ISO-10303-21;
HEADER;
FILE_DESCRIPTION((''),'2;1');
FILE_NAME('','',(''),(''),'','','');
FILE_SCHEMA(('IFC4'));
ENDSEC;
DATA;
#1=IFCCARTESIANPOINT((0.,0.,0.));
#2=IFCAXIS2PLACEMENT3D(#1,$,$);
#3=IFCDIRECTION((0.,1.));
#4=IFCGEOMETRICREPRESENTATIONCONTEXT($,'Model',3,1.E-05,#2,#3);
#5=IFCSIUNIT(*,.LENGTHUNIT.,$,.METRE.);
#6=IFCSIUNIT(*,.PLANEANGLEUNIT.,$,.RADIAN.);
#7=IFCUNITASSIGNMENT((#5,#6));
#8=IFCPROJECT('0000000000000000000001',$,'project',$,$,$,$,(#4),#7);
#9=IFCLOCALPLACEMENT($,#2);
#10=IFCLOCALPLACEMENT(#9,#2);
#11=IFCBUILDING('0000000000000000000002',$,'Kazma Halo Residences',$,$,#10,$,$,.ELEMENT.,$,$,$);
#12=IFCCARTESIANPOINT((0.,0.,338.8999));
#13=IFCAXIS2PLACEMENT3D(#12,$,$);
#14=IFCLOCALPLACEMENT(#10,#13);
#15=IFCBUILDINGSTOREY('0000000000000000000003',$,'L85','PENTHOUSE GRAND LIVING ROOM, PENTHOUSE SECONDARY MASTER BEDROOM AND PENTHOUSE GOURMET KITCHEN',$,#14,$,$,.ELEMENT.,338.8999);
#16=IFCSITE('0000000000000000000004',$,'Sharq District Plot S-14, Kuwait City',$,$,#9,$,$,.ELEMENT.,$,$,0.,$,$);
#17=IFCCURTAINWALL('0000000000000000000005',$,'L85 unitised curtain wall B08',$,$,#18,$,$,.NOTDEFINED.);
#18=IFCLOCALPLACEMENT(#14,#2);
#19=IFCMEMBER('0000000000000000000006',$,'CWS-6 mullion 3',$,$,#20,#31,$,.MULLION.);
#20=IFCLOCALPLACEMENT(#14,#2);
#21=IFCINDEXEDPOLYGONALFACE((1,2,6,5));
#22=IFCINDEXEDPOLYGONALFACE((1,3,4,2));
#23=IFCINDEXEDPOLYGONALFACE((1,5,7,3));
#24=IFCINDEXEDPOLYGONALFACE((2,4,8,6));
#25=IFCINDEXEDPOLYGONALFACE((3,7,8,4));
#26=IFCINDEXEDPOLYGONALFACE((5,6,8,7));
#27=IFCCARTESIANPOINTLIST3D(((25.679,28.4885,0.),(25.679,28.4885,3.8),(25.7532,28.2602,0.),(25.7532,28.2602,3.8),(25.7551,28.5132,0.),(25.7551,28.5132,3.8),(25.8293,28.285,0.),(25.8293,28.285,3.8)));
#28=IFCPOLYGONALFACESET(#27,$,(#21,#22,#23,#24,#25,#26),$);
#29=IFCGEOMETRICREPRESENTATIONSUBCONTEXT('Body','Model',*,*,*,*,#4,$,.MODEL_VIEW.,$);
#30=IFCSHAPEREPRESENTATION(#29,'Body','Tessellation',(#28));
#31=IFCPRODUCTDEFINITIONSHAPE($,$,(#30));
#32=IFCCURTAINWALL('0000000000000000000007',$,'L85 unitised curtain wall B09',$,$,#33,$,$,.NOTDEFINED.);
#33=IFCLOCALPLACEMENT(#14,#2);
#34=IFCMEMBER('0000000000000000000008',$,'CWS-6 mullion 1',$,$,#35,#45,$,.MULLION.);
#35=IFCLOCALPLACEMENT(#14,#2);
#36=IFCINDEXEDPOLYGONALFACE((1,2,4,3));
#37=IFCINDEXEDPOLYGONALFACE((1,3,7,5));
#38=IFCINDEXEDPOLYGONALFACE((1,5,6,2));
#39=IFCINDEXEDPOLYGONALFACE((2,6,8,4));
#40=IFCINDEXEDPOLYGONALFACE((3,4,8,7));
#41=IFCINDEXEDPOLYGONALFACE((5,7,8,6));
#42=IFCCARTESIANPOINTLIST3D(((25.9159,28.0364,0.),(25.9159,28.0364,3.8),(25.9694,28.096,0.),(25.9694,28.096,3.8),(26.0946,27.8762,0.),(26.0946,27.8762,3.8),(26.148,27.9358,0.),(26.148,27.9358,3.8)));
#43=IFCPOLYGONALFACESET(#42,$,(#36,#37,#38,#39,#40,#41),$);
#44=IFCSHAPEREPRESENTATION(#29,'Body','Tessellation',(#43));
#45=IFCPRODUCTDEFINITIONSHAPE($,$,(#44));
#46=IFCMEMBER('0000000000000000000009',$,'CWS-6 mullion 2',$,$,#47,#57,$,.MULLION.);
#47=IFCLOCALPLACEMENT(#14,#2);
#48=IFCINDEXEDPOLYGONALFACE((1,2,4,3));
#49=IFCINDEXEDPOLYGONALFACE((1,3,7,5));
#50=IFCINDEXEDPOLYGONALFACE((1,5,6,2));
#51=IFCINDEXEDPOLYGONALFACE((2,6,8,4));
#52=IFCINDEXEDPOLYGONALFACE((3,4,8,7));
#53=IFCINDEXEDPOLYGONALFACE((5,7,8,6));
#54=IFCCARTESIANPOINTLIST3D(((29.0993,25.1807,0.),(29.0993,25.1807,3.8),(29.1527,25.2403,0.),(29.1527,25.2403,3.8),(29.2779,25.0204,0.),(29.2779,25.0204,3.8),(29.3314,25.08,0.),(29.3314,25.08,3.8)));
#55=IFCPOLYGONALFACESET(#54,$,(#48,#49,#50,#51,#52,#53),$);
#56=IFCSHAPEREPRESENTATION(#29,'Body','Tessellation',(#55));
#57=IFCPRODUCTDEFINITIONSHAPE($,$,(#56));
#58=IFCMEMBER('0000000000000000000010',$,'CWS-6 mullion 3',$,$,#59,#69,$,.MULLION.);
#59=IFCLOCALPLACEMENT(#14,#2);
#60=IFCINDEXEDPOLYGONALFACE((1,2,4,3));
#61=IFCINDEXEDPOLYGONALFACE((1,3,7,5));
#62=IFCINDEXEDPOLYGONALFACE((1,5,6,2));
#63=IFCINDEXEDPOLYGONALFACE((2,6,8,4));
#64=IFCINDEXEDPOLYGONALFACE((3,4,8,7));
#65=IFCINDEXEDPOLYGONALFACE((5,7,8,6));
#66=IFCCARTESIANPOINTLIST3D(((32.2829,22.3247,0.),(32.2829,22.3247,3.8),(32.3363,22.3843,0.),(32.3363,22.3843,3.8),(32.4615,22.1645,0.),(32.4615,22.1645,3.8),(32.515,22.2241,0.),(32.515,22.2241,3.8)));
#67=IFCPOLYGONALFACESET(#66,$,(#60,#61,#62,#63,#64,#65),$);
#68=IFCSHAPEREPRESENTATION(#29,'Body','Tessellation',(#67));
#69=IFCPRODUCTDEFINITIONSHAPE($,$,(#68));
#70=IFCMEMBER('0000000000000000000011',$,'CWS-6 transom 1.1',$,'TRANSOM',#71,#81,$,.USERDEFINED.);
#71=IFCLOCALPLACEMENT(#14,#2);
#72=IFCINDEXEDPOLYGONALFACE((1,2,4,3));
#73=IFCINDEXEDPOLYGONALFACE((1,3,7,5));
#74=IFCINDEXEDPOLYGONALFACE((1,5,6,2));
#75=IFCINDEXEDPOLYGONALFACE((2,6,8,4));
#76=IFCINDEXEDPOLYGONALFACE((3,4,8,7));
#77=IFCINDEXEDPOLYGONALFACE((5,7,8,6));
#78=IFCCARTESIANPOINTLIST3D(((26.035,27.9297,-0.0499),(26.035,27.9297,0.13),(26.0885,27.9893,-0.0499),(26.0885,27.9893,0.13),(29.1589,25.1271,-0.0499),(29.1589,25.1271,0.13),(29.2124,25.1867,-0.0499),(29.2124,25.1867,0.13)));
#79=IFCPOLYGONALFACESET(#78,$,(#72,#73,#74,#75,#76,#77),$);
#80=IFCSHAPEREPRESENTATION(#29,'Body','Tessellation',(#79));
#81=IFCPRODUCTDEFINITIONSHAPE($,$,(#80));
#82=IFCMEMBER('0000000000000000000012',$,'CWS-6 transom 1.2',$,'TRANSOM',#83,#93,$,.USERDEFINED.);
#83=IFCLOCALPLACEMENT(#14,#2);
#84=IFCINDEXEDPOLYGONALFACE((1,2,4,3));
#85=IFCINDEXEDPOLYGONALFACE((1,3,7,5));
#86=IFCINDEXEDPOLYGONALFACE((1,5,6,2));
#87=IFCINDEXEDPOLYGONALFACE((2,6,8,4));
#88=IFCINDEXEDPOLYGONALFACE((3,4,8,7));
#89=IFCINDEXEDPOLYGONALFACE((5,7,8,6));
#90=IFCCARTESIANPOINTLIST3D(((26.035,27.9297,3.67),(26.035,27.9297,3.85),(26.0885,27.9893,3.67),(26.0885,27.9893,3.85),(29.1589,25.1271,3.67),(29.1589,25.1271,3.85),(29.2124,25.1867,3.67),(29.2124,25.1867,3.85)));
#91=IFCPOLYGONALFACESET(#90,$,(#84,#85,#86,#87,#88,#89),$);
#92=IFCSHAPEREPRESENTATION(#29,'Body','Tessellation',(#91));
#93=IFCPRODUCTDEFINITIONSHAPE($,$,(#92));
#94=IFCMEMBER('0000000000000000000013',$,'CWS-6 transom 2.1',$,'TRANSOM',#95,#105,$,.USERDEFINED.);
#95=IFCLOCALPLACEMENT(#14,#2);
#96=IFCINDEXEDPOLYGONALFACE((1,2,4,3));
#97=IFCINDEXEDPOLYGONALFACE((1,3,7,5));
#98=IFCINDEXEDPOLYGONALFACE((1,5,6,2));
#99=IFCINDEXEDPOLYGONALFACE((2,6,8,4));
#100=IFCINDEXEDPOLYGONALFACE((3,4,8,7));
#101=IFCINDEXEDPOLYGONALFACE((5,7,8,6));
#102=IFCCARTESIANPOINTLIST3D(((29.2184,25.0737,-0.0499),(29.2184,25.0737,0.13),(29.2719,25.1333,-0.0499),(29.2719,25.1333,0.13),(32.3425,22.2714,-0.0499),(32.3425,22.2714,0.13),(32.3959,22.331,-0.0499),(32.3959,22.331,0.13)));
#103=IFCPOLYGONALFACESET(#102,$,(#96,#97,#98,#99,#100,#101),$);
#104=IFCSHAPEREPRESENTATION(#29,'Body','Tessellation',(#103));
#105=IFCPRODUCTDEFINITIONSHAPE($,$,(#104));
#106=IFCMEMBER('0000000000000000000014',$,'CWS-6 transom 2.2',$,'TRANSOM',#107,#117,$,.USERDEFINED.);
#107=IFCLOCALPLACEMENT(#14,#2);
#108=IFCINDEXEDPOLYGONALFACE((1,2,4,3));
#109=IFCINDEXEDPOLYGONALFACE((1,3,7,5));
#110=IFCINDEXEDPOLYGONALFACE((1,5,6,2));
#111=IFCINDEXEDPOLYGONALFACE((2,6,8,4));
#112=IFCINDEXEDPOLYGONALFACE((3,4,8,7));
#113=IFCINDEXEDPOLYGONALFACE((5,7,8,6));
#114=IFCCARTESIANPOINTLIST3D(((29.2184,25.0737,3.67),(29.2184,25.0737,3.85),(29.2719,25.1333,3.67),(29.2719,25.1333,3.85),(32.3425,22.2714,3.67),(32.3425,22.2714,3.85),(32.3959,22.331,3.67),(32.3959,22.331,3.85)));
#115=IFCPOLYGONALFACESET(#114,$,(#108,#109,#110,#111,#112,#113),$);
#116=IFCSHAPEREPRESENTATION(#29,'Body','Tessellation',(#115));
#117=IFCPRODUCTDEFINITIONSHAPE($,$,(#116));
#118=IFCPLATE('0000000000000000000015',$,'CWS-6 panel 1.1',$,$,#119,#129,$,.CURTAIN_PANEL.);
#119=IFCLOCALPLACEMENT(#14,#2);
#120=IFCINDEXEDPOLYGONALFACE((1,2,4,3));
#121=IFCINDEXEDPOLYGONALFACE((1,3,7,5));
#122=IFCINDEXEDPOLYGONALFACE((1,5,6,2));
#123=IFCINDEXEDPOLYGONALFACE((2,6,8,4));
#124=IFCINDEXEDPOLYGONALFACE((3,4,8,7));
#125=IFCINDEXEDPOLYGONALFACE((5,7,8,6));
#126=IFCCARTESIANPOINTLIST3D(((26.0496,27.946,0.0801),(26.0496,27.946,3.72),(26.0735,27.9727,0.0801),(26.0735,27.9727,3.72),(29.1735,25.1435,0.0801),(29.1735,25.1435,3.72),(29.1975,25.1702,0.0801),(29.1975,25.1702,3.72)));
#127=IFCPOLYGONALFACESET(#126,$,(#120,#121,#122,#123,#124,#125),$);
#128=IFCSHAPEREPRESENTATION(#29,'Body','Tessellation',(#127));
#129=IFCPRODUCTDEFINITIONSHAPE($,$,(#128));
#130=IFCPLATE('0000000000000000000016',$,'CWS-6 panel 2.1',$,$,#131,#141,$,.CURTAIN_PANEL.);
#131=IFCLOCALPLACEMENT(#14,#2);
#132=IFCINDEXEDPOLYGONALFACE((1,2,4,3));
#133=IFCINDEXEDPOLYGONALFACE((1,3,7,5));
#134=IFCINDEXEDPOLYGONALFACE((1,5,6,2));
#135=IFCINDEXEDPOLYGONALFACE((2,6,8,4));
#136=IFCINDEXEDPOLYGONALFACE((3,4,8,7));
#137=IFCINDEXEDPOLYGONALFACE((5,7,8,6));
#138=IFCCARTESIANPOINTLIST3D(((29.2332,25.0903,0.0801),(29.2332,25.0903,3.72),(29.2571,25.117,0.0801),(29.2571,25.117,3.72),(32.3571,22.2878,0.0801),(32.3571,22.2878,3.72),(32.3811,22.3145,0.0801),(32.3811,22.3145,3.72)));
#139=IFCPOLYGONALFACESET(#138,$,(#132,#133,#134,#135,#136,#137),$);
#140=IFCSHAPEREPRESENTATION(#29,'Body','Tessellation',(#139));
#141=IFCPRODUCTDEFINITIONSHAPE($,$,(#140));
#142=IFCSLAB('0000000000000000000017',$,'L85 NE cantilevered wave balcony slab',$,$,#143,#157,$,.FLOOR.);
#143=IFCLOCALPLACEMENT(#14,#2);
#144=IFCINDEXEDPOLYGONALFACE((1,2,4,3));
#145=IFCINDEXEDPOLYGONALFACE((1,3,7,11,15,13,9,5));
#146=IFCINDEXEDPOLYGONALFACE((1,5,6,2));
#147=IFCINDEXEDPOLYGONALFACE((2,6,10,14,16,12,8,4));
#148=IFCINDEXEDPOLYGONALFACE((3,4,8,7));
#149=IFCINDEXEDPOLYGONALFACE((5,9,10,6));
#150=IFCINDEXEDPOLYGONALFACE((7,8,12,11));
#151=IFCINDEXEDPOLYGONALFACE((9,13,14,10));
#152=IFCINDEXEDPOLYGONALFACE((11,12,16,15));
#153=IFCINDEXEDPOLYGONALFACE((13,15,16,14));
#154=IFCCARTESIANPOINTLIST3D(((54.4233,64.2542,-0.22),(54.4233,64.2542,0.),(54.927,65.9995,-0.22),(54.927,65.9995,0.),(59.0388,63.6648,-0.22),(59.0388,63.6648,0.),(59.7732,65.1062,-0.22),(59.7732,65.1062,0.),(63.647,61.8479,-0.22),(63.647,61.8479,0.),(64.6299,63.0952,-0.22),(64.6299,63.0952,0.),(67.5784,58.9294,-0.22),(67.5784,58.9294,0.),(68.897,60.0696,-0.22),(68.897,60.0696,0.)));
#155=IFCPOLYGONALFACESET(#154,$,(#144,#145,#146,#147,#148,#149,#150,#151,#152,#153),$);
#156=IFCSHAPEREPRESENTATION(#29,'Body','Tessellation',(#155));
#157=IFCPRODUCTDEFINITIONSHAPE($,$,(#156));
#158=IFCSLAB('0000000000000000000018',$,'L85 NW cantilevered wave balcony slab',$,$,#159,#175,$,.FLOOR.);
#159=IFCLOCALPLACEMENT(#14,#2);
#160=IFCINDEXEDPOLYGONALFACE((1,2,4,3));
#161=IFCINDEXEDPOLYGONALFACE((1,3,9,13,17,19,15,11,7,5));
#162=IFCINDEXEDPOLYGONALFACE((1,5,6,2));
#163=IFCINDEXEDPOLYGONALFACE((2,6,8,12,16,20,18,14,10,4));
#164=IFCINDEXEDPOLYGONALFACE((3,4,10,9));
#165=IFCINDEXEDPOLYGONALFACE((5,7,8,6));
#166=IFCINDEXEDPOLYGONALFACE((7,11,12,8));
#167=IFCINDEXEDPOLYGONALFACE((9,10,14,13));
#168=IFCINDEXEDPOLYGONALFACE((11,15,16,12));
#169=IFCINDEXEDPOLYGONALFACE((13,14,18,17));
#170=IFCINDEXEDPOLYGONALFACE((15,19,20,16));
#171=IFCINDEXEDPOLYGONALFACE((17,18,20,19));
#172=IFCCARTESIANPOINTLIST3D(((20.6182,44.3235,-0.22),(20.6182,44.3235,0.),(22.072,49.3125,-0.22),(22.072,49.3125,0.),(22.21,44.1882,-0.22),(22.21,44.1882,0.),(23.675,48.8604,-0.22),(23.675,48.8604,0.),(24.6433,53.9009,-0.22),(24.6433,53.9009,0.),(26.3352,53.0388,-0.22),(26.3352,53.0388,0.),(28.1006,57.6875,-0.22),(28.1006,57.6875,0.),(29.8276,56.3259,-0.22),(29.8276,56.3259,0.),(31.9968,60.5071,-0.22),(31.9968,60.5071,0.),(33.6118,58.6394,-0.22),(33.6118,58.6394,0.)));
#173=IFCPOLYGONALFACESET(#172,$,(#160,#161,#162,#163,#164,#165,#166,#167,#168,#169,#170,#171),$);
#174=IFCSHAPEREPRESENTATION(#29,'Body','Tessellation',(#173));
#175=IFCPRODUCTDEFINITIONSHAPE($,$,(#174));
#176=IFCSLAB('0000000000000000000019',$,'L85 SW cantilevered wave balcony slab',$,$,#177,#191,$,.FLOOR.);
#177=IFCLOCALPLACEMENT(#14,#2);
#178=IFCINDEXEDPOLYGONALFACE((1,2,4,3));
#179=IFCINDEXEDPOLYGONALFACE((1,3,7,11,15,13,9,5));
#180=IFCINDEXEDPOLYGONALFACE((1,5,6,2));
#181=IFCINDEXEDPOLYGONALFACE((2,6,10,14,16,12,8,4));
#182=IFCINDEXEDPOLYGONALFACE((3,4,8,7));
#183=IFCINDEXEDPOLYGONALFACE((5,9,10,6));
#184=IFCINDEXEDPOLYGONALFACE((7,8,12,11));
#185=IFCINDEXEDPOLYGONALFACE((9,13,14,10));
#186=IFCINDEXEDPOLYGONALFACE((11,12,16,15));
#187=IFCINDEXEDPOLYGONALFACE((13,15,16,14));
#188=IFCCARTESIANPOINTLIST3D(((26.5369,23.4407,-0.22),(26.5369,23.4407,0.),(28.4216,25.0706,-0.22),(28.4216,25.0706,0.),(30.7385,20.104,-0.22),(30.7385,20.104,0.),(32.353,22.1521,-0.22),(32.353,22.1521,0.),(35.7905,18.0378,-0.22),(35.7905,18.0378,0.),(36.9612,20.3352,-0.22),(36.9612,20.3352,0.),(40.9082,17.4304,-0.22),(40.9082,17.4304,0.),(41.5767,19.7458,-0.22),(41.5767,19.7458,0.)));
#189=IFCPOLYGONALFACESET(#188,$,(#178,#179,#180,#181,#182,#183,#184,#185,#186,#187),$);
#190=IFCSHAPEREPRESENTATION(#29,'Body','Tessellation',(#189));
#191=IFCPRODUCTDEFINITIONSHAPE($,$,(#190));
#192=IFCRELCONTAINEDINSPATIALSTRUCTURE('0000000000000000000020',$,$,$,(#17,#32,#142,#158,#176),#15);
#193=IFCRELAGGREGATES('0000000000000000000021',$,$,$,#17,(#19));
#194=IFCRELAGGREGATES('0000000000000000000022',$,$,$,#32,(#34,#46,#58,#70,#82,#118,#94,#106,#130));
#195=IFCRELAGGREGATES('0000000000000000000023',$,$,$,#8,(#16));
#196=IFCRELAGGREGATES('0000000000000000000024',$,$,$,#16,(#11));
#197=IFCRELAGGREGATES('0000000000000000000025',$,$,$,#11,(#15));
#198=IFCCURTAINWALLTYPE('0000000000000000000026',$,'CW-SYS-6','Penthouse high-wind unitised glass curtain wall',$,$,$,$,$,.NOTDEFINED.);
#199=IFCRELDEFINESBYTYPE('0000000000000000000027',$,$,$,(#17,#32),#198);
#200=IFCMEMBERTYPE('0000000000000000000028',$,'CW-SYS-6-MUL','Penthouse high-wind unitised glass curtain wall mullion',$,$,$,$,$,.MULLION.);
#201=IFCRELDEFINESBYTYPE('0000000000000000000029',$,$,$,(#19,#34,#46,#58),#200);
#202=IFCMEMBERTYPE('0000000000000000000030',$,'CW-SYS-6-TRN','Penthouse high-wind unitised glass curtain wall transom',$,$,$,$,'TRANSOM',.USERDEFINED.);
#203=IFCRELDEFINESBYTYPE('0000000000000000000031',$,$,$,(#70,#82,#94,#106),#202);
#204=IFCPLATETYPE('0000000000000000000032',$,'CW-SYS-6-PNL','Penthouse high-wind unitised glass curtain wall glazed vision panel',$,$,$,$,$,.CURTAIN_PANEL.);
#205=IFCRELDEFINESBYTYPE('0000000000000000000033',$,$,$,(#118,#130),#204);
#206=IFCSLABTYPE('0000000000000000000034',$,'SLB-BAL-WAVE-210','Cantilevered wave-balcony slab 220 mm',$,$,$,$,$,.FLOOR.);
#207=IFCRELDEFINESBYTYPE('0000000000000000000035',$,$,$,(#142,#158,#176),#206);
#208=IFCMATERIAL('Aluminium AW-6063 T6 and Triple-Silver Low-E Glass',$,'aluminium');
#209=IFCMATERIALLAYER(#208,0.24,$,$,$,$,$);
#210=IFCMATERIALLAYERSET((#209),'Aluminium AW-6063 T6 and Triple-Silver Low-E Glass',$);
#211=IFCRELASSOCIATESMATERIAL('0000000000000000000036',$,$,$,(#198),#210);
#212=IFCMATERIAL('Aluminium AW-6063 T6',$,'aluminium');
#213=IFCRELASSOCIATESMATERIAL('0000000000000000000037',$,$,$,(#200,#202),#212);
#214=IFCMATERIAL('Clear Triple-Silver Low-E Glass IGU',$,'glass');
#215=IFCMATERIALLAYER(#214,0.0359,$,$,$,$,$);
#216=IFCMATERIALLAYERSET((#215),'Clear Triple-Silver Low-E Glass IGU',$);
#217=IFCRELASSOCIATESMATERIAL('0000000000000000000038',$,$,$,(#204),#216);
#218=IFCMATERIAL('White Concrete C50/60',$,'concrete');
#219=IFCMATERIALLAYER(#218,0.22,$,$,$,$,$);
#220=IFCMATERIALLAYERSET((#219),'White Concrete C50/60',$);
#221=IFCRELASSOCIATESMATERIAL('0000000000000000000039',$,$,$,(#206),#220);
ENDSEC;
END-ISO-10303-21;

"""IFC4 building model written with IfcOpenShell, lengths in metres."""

from ifc_helpers import new_model, si_unit, direction, frame, origin, origin_2d, place, context, subcontext, project, spatial, polyline, rectangle, outline, extrude, material, layer, layer_set, material_profile, profile_set, type_object, element, aggregate, save


model = new_model("IFC4")

# Units and contexts
model_context = context("Model", 3, precision=1e-05, world=origin(), true_north=direction((0.0, 1.0)))
body_context = subcontext(model_context, "Body", "Model", "MODEL_VIEW")
ifc_project = project(units=[si_unit("LENGTHUNIT", "METRE"), si_unit("PLANEANGLEUNIT", "RADIAN")], contexts=[model_context])

# Site, building, storey
site_placement = place(None, origin())
site = spatial("IfcSite", under=ifc_project, at=site_placement, Name="Sharq District Plot S-14, Kuwait City", CompositionType="ELEMENT", RefElevation=0.0)
building_placement = place(site_placement, origin())
building = spatial("IfcBuilding", under=site, at=building_placement, Name="Kazma Halo Residences", CompositionType="ELEMENT")
storey_placement = place(building_placement, frame((0.0, 0.0, 338.8999)))
storey = spatial("IfcBuildingStorey", under=building, at=storey_placement, Name="L85", Description="PENTHOUSE GRAND LIVING ROOM, PENTHOUSE SECONDARY MASTER BEDROOM AND PENTHOUSE GOURMET KITCHEN", CompositionType="ELEMENT", Elevation=338.8999)

# Curtain wall, member
ifc_material_1 = material(Name="Aluminium AW-6063 T6 and Triple-Silver Low-E Glass", Category="aluminium")
ifc_layer_1 = layer(ifc_material_1, 0.24)
ifc_layer_set_1 = layer_set([ifc_layer_1], Name="Aluminium AW-6063 T6 and Triple-Silver Low-E Glass")
curtain_wall_type = type_object("IfcCurtainWallType", Name="CW-SYS-6", Description="Penthouse high-wind unitised glass curtain wall", PredefinedType="NOTDEFINED", material=ifc_layer_set_1)
curtain_wall_1_placement = place(storey_placement, origin())
curtain_wall_1 = element("IfcCurtainWall", 1, at=curtain_wall_1_placement, inside=storey, type_object=curtain_wall_type, Name="L85 unitised curtain wall B08", PredefinedType="NOTDEFINED")
ifc_material_2 = material(Name="Aluminium AW-6063 T6", Category="aluminium")
ifc_material_profile_1 = material_profile(ifc_material_2, rectangle(XDim=0.0801, YDim=0.24, at=origin_2d()), Name="CWM-80x240")
ifc_profile_set_1 = profile_set([ifc_material_profile_1], Name="Aluminium AW-6063 T6")
member_type_1 = type_object("IfcMemberType", Name="CW-SYS-6-MUL", Description="Penthouse high-wind unitised glass curtain wall mullion", PredefinedType="MULLION", material=ifc_profile_set_1)
member_1_placement = place(storey_placement, frame((25.7542, 28.3867, 0.0), z_axis=(0.0, 0.0, 1.0), x_axis=(0.951056, 0.309019, 0.0)))
member_1 = element("IfcMember", 2, at=member_1_placement, type_object=member_type_1, Name="CWS-6 mullion 3", PredefinedType="MULLION", context=body_context, shape_type="SweptSolid", body=[
    extrude(rectangle(XDim=0.0801, YDim=0.24, at=origin_2d()), origin(), (0.0, 0.0, 1.0), 3.8),
])
aggregate(curtain_wall_1, [member_1])

# Curtain wall, members, plates
curtain_wall_2_placement = place(storey_placement, origin())
curtain_wall_2 = element("IfcCurtainWall", 3, at=curtain_wall_2_placement, inside=storey, type_object=curtain_wall_type, Name="L85 unitised curtain wall B09", PredefinedType="NOTDEFINED")
member_2_placement = place(storey_placement, frame((26.032, 27.9861, 0.0), z_axis=(0.0, 0.0, 1.0), x_axis=(0.667758, 0.744379, 0.0)))
member_2 = element("IfcMember", 4, at=member_2_placement, type_object=member_type_1, Name="CWS-6 mullion 1", PredefinedType="MULLION", context=body_context, shape_type="SweptSolid", body=[
    extrude(rectangle(XDim=0.0801, YDim=0.24, at=origin_2d()), origin(), (0.0, 0.0, 1.0), 3.8),
])
member_3_placement = place(storey_placement, frame((29.2153, 25.1304, 0.0), z_axis=(0.0, 0.0, 1.0), x_axis=(0.667758, 0.744379, 0.0)))
member_3 = element("IfcMember", 5, at=member_3_placement, type_object=member_type_1, Name="CWS-6 mullion 2", PredefinedType="MULLION", context=body_context, shape_type="SweptSolid", body=[
    extrude(rectangle(XDim=0.0801, YDim=0.24, at=origin_2d()), origin(), (0.0, 0.0, 1.0), 3.8),
])
member_4_placement = place(storey_placement, frame((32.3989, 22.2744, 0.0), z_axis=(0.0, 0.0, 1.0), x_axis=(0.667758, 0.744379, 0.0)))
member_4 = element("IfcMember", 6, at=member_4_placement, type_object=member_type_1, Name="CWS-6 mullion 3", PredefinedType="MULLION", context=body_context, shape_type="SweptSolid", body=[
    extrude(rectangle(XDim=0.0801, YDim=0.24, at=origin_2d()), origin(), (0.0, 0.0, 1.0), 3.8),
])
ifc_material_profile_2 = material_profile(ifc_material_2, rectangle(XDim=0.0801, YDim=0.1799, at=origin_2d()), Name="CWT-80x180")
ifc_profile_set_2 = profile_set([ifc_material_profile_2], Name="Aluminium AW-6063 T6")
member_type_2 = type_object("IfcMemberType", Name="CW-SYS-6-TRN", Description="Penthouse high-wind unitised glass curtain wall transom", ElementType="TRANSOM", PredefinedType="USERDEFINED", material=ifc_profile_set_2)
member_5_placement = place(storey_placement, frame((26.0618, 27.9595, 0.04), z_axis=(0.744349, -0.667791, 0.0), x_axis=(0.667791, 0.744349, 0.0)))
member_5 = element("IfcMember", 7, at=member_5_placement, type_object=member_type_2, Name="CWS-6 transom 1.1", ObjectType="TRANSOM", PredefinedType="USERDEFINED", context=body_context, shape_type="SweptSolid", body=[
    extrude(rectangle(XDim=0.0801, YDim=0.1799, at=origin_2d()), origin(), (0.0, 0.0, 1.0), 4.1968),
])
member_6_placement = place(storey_placement, frame((26.0618, 27.9595, 3.76), z_axis=(0.744349, -0.667791, 0.0), x_axis=(0.667791, 0.744349, 0.0)))
member_6 = element("IfcMember", 8, at=member_6_placement, type_object=member_type_2, Name="CWS-6 transom 1.2", ObjectType="TRANSOM", PredefinedType="USERDEFINED", context=body_context, shape_type="SweptSolid", body=[
    extrude(rectangle(XDim=0.0801, YDim=0.1799, at=origin_2d()), origin(), (0.0, 0.0, 1.0), 4.1968),
])
member_7_placement = place(storey_placement, frame((29.2451, 25.1035, 0.04), z_axis=(0.744404, -0.66773, 0.0), x_axis=(0.66773, 0.744404, 0.0)))
member_7 = element("IfcMember", 9, at=member_7_placement, type_object=member_type_2, Name="CWS-6 transom 2.1", ObjectType="TRANSOM", PredefinedType="USERDEFINED", context=body_context, shape_type="SweptSolid", body=[
    extrude(rectangle(XDim=0.0801, YDim=0.1799, at=origin_2d()), origin(), (0.0, 0.0, 1.0), 4.1968),
])
member_8_placement = place(storey_placement, frame((29.2451, 25.1035, 3.76), z_axis=(0.744404, -0.66773, 0.0), x_axis=(0.66773, 0.744404, 0.0)))
member_8 = element("IfcMember", 10, at=member_8_placement, type_object=member_type_2, Name="CWS-6 transom 2.2", ObjectType="TRANSOM", PredefinedType="USERDEFINED", context=body_context, shape_type="SweptSolid", body=[
    extrude(rectangle(XDim=0.0801, YDim=0.1799, at=origin_2d()), origin(), (0.0, 0.0, 1.0), 4.1968),
])
ifc_material_3 = material(Name="Clear Triple-Silver Low-E Glass IGU", Category="glass")
ifc_layer_2 = layer(ifc_material_3, 0.0359)
ifc_layer_set_2 = layer_set([ifc_layer_2], Name="Clear Triple-Silver Low-E Glass IGU")
plate_type = type_object("IfcPlateType", Name="CW-SYS-6-PNL", Description="Penthouse high-wind unitised glass curtain wall glazed vision panel", PredefinedType="CURTAIN_PANEL", material=ifc_layer_set_2)
plate_1_placement = place(storey_placement, frame((27.6235, 26.5581, 0.0801), z_axis=(0.0, 0.0, 1.0), x_axis=(0.744379, -0.667758, 0.0)))
plate_1 = element("IfcPlate", 11, at=plate_1_placement, type_object=plate_type, Name="CWS-6 panel 1.1", PredefinedType="CURTAIN_PANEL", context=body_context, shape_type="SweptSolid", body=[
    extrude(rectangle(XDim=4.1968, YDim=0.0359, at=origin_2d()), origin(), (0.0, 0.0, 1.0), 3.6399),
])
plate_2_placement = place(storey_placement, frame((30.8071, 23.7024, 0.0801), z_axis=(0.0, 0.0, 1.0), x_axis=(0.744379, -0.667758, 0.0)))
plate_2 = element("IfcPlate", 12, at=plate_2_placement, type_object=plate_type, Name="CWS-6 panel 2.1", PredefinedType="CURTAIN_PANEL", context=body_context, shape_type="SweptSolid", body=[
    extrude(rectangle(XDim=4.1968, YDim=0.0359, at=origin_2d()), origin(), (0.0, 0.0, 1.0), 3.6399),
])
aggregate(curtain_wall_2, [member_2, member_3, member_4, member_5, member_6, plate_1, member_7, member_8, plate_2])

# Slabs
ifc_material_4 = material(Name="White Concrete C50/60", Category="concrete")
ifc_layer_3 = layer(ifc_material_4, 0.22)
ifc_layer_set_3 = layer_set([ifc_layer_3], Name="White Concrete C50/60")
slab_type_1 = type_object("IfcSlabType", Name="SLB-BAL-WAVE-210", Description="Cantilevered wave-balcony slab 220 mm", PredefinedType="FLOOR", material=ifc_layer_set_3)
slab_1_placement = place(storey_placement, frame((0.0, 0.0, -0.22)))
element("IfcSlab", 13, at=slab_1_placement, inside=storey, type_object=slab_type_1, Name="L85 NE cantilevered wave balcony slab", PredefinedType="FLOOR", context=body_context, shape_type="SweptSolid", body=[
    extrude(outline(polyline([(67.5784, 58.9294), (63.647, 61.8479), (59.0388, 63.6648), (54.4233, 64.2542), (54.927, 65.9995), (59.7732, 65.1062), (64.6299, 63.0952), (68.897, 60.0696), (67.5784, 58.9294)])), origin(), (0.0, 0.0, 1.0), 0.22),
])
slab_2_placement = place(storey_placement, frame((0.0, 0.0, -0.22)))
element("IfcSlab", 14, at=slab_2_placement, inside=storey, type_object=slab_type_1, Name="L85 NW cantilevered wave balcony slab", PredefinedType="FLOOR", context=body_context, shape_type="SweptSolid", body=[
    extrude(outline(polyline([(33.6118, 58.6394), (29.8276, 56.3259), (26.3352, 53.0388), (23.675, 48.8604), (22.21, 44.1882), (20.6182, 44.3235), (22.072, 49.3125), (24.6433, 53.9009), (28.1006, 57.6875), (31.9968, 60.5071), (33.6118, 58.6394)])), origin(), (0.0, 0.0, 1.0), 0.22),
])
slab_3_placement = place(storey_placement, frame((0.0, 0.0, -0.22)))
element("IfcSlab", 15, at=slab_3_placement, inside=storey, type_object=slab_type_1, Name="L85 SW cantilevered wave balcony slab", PredefinedType="FLOOR", context=body_context, shape_type="SweptSolid", body=[
    extrude(outline(polyline([(28.4216, 25.0706), (32.353, 22.1521), (36.9612, 20.3352), (41.5767, 19.7458), (40.9082, 17.4304), (35.7905, 18.0378), (30.7385, 20.104), (26.5369, 23.4407), (28.4216, 25.0706)])), origin(), (0.0, 0.0, 1.0), 0.22),
])

save(model, "model.ifc")
